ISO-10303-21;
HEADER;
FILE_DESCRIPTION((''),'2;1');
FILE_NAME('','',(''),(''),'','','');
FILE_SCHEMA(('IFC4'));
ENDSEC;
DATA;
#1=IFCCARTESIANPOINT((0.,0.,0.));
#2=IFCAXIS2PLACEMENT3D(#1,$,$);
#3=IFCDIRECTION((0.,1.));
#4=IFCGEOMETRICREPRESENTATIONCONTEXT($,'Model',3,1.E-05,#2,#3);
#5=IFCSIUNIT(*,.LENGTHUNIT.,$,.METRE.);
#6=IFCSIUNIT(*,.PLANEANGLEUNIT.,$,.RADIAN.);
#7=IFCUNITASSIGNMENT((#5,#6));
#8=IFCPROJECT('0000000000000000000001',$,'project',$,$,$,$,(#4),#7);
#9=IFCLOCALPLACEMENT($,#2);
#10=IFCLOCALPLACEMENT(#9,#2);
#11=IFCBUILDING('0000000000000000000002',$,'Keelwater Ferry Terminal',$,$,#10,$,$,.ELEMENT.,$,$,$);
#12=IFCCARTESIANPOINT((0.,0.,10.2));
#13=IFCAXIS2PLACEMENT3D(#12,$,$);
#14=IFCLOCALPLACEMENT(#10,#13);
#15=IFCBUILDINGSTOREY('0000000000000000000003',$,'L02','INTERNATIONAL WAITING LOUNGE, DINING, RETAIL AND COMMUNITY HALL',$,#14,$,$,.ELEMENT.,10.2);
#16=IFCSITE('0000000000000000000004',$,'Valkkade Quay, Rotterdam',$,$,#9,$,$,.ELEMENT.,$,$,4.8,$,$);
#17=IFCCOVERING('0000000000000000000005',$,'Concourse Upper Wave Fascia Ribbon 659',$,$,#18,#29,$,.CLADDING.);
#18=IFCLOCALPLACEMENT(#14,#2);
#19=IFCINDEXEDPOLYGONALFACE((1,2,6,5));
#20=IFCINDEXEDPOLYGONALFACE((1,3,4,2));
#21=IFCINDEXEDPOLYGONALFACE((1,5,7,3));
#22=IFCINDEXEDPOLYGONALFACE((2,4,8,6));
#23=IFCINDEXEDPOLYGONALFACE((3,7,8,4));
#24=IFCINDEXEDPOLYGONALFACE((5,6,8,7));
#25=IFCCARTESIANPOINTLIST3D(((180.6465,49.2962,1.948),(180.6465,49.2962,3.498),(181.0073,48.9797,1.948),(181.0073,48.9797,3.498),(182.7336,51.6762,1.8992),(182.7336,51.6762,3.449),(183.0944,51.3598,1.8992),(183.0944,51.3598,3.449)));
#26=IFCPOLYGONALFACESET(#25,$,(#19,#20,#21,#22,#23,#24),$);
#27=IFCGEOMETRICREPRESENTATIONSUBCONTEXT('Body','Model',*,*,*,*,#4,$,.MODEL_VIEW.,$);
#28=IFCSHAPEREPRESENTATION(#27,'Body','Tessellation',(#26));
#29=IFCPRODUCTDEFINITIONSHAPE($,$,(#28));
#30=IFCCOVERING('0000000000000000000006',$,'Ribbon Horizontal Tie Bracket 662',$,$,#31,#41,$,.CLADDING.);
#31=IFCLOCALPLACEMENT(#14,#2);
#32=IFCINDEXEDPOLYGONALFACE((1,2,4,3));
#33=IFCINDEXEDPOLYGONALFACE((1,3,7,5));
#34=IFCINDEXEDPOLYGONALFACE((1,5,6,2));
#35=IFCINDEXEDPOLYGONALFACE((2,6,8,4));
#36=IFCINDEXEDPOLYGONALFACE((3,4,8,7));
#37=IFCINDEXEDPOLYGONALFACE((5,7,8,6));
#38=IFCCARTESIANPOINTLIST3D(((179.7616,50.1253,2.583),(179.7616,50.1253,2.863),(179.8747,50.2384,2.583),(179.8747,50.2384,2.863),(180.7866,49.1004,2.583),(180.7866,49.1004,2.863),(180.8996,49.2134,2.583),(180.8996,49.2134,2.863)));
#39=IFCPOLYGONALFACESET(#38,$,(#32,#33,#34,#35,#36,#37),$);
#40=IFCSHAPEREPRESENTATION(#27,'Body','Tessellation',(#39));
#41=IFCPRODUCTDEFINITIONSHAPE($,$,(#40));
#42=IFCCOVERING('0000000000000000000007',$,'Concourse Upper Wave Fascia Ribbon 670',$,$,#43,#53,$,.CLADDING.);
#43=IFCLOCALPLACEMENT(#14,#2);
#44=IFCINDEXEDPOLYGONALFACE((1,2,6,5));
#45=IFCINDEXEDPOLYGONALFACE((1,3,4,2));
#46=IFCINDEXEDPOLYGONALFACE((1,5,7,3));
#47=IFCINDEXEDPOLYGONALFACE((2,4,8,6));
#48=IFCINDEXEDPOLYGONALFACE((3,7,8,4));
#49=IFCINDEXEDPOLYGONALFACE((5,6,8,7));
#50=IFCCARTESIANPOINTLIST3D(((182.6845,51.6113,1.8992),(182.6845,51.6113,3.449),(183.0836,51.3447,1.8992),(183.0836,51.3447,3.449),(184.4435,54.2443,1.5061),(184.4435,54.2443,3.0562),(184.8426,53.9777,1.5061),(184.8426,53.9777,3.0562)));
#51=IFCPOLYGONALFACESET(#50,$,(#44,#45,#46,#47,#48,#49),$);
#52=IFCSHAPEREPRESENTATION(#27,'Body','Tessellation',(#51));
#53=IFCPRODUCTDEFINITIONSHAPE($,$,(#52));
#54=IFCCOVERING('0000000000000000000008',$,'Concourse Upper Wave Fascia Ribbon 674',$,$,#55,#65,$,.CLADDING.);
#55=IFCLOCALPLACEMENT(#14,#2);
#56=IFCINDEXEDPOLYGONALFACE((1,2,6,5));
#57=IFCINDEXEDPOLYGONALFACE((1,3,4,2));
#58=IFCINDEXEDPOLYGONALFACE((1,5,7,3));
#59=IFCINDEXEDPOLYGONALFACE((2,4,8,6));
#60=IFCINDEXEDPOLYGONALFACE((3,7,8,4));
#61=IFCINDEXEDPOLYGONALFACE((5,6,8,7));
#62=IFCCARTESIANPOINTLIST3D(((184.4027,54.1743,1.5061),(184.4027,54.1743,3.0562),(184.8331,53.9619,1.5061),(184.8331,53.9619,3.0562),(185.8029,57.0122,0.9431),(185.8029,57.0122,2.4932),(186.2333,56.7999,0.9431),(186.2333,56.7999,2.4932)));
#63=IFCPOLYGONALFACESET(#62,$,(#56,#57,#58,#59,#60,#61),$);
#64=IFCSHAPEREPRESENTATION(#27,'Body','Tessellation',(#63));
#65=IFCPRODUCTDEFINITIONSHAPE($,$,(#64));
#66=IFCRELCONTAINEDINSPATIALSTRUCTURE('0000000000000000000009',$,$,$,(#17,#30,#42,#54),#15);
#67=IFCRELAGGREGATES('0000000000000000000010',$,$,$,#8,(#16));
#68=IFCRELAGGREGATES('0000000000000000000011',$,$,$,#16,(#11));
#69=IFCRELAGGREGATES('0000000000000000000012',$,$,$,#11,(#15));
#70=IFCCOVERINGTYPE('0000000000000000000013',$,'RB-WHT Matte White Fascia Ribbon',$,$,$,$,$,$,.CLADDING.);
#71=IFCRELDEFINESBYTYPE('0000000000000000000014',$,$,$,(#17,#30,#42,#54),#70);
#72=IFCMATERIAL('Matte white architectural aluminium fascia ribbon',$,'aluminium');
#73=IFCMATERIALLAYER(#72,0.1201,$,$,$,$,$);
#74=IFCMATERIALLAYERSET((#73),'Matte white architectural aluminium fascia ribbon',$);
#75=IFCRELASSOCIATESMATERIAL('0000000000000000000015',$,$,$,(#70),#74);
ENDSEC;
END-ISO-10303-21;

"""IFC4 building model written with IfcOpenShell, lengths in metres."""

from ifc_helpers import new_model, si_unit, direction, frame, frame_2d, origin, place, context, subcontext, project, spatial, polyline, rectangle, outline, extrude, material, layer, layer_set, type_object, element, save


model = new_model("IFC4")

# Units and contexts
model_context = context("Model", 3, precision=1e-05, world=origin(), true_north=direction((0.0, 1.0)))
body_context = subcontext(model_context, "Body", "Model", "MODEL_VIEW")
ifc_project = project(units=[si_unit("LENGTHUNIT", "METRE"), si_unit("PLANEANGLEUNIT", "RADIAN")], contexts=[model_context])

# Site, building, storey
site_placement = place(None, origin())
site = spatial("IfcSite", under=ifc_project, at=site_placement, Name="Valkkade Quay, Rotterdam", CompositionType="ELEMENT", RefElevation=4.8)
building_placement = place(site_placement, origin())
building = spatial("IfcBuilding", under=site, at=building_placement, Name="Keelwater Ferry Terminal", CompositionType="ELEMENT")
storey_placement = place(building_placement, frame((0.0, 0.0, 10.2)))
storey = spatial("IfcBuildingStorey", under=building, at=storey_placement, Name="L02", Description="INTERNATIONAL WAITING LOUNGE, DINING, RETAIL AND COMMUNITY HALL", CompositionType="ELEMENT", Elevation=10.2)

# Coverings
ifc_material_1 = material(Name="Matte white architectural aluminium fascia ribbon", Category="aluminium")
ifc_layer_1 = layer(ifc_material_1, 0.1201)
ifc_layer_set_1 = layer_set([ifc_layer_1], Name="Matte white architectural aluminium fascia ribbon")
covering_type = type_object("IfcCoveringType", Name="RB-WHT Matte White Fascia Ribbon", PredefinedType="CLADDING", material=ifc_layer_set_1)
covering_1_placement = place(storey_placement, frame((180.8269, 49.1379, 1.8992), z_axis=(0.0, 0.0, 1.0), x_axis=(0.659318, 0.751864, 0.0)))
element("IfcCovering", 1, at=covering_1_placement, inside=storey, type_object=covering_type, Name="Concourse Upper Wave Fascia Ribbon 659", PredefinedType="CLADDING", context=body_context, shape_type="SweptSolid", body=[
    extrude(outline(polyline([(0.0, 0.0488), (3.1655, 0.0), (3.1655, 1.5498), (0.0, 1.5989), (0.0, 0.0488)])), frame((0.0, 0.24, 0.0), z_axis=(0.0, -1.0, 0.0), x_axis=(1.0, 0.0, 0.0)), (0.0, 0.0, 1.0), 0.48),
])
covering_2_placement = place(storey_placement, frame((180.843, 49.157, 2.583), z_axis=(0.0, 0.0, 1.0), x_axis=(-0.707107, 0.707107, 0.0)))
element("IfcCovering", 2, at=covering_2_placement, inside=storey, type_object=covering_type, Name="Ribbon Horizontal Tie Bracket 662", PredefinedType="CLADDING", context=body_context, shape_type="SweptSolid", body=[
    extrude(rectangle(XDim=1.4495, YDim=0.1599, at=frame_2d((0.7246, 0.0))), origin(), (0.0, 0.0, 1.0), 0.28),
])
covering_3_placement = place(storey_placement, frame((182.884, 51.478, 1.5061), z_axis=(0.0, 0.0, 1.0), x_axis=(0.555501, 0.831516, 0.0)))
element("IfcCovering", 3, at=covering_3_placement, inside=storey, type_object=covering_type, Name="Concourse Upper Wave Fascia Ribbon 670", PredefinedType="CLADDING", context=body_context, shape_type="SweptSolid", body=[
    extrude(outline(polyline([(0.0, 0.3931), (3.1665, 0.0), (3.1665, 1.55), (0.0, 1.9429), (0.0, 0.3931)])), frame((0.0, 0.24, 0.0), z_axis=(0.0, -1.0, 0.0), x_axis=(1.0, 0.0, 0.0)), (0.0, 0.0, 1.0), 0.48),
])
covering_4_placement = place(storey_placement, frame((184.6179, 54.0681, 0.9431), z_axis=(0.0, 0.0, 1.0), x_axis=(0.442455, 0.896791, 0.0)))
element("IfcCovering", 4, at=covering_4_placement, inside=storey, type_object=covering_type, Name="Concourse Upper Wave Fascia Ribbon 674", PredefinedType="CLADDING", context=body_context, shape_type="SweptSolid", body=[
    extrude(outline(polyline([(0.0, 0.563), (3.1646, 0.0), (3.1646, 1.55), (0.0, 2.113), (0.0, 0.563)])), frame((0.0, 0.24, 0.0), z_axis=(0.0, -1.0, 0.0), x_axis=(1.0, 0.0, 0.0)), (0.0, 0.0, 1.0), 0.48),
])

save(model, "model.ifc")
